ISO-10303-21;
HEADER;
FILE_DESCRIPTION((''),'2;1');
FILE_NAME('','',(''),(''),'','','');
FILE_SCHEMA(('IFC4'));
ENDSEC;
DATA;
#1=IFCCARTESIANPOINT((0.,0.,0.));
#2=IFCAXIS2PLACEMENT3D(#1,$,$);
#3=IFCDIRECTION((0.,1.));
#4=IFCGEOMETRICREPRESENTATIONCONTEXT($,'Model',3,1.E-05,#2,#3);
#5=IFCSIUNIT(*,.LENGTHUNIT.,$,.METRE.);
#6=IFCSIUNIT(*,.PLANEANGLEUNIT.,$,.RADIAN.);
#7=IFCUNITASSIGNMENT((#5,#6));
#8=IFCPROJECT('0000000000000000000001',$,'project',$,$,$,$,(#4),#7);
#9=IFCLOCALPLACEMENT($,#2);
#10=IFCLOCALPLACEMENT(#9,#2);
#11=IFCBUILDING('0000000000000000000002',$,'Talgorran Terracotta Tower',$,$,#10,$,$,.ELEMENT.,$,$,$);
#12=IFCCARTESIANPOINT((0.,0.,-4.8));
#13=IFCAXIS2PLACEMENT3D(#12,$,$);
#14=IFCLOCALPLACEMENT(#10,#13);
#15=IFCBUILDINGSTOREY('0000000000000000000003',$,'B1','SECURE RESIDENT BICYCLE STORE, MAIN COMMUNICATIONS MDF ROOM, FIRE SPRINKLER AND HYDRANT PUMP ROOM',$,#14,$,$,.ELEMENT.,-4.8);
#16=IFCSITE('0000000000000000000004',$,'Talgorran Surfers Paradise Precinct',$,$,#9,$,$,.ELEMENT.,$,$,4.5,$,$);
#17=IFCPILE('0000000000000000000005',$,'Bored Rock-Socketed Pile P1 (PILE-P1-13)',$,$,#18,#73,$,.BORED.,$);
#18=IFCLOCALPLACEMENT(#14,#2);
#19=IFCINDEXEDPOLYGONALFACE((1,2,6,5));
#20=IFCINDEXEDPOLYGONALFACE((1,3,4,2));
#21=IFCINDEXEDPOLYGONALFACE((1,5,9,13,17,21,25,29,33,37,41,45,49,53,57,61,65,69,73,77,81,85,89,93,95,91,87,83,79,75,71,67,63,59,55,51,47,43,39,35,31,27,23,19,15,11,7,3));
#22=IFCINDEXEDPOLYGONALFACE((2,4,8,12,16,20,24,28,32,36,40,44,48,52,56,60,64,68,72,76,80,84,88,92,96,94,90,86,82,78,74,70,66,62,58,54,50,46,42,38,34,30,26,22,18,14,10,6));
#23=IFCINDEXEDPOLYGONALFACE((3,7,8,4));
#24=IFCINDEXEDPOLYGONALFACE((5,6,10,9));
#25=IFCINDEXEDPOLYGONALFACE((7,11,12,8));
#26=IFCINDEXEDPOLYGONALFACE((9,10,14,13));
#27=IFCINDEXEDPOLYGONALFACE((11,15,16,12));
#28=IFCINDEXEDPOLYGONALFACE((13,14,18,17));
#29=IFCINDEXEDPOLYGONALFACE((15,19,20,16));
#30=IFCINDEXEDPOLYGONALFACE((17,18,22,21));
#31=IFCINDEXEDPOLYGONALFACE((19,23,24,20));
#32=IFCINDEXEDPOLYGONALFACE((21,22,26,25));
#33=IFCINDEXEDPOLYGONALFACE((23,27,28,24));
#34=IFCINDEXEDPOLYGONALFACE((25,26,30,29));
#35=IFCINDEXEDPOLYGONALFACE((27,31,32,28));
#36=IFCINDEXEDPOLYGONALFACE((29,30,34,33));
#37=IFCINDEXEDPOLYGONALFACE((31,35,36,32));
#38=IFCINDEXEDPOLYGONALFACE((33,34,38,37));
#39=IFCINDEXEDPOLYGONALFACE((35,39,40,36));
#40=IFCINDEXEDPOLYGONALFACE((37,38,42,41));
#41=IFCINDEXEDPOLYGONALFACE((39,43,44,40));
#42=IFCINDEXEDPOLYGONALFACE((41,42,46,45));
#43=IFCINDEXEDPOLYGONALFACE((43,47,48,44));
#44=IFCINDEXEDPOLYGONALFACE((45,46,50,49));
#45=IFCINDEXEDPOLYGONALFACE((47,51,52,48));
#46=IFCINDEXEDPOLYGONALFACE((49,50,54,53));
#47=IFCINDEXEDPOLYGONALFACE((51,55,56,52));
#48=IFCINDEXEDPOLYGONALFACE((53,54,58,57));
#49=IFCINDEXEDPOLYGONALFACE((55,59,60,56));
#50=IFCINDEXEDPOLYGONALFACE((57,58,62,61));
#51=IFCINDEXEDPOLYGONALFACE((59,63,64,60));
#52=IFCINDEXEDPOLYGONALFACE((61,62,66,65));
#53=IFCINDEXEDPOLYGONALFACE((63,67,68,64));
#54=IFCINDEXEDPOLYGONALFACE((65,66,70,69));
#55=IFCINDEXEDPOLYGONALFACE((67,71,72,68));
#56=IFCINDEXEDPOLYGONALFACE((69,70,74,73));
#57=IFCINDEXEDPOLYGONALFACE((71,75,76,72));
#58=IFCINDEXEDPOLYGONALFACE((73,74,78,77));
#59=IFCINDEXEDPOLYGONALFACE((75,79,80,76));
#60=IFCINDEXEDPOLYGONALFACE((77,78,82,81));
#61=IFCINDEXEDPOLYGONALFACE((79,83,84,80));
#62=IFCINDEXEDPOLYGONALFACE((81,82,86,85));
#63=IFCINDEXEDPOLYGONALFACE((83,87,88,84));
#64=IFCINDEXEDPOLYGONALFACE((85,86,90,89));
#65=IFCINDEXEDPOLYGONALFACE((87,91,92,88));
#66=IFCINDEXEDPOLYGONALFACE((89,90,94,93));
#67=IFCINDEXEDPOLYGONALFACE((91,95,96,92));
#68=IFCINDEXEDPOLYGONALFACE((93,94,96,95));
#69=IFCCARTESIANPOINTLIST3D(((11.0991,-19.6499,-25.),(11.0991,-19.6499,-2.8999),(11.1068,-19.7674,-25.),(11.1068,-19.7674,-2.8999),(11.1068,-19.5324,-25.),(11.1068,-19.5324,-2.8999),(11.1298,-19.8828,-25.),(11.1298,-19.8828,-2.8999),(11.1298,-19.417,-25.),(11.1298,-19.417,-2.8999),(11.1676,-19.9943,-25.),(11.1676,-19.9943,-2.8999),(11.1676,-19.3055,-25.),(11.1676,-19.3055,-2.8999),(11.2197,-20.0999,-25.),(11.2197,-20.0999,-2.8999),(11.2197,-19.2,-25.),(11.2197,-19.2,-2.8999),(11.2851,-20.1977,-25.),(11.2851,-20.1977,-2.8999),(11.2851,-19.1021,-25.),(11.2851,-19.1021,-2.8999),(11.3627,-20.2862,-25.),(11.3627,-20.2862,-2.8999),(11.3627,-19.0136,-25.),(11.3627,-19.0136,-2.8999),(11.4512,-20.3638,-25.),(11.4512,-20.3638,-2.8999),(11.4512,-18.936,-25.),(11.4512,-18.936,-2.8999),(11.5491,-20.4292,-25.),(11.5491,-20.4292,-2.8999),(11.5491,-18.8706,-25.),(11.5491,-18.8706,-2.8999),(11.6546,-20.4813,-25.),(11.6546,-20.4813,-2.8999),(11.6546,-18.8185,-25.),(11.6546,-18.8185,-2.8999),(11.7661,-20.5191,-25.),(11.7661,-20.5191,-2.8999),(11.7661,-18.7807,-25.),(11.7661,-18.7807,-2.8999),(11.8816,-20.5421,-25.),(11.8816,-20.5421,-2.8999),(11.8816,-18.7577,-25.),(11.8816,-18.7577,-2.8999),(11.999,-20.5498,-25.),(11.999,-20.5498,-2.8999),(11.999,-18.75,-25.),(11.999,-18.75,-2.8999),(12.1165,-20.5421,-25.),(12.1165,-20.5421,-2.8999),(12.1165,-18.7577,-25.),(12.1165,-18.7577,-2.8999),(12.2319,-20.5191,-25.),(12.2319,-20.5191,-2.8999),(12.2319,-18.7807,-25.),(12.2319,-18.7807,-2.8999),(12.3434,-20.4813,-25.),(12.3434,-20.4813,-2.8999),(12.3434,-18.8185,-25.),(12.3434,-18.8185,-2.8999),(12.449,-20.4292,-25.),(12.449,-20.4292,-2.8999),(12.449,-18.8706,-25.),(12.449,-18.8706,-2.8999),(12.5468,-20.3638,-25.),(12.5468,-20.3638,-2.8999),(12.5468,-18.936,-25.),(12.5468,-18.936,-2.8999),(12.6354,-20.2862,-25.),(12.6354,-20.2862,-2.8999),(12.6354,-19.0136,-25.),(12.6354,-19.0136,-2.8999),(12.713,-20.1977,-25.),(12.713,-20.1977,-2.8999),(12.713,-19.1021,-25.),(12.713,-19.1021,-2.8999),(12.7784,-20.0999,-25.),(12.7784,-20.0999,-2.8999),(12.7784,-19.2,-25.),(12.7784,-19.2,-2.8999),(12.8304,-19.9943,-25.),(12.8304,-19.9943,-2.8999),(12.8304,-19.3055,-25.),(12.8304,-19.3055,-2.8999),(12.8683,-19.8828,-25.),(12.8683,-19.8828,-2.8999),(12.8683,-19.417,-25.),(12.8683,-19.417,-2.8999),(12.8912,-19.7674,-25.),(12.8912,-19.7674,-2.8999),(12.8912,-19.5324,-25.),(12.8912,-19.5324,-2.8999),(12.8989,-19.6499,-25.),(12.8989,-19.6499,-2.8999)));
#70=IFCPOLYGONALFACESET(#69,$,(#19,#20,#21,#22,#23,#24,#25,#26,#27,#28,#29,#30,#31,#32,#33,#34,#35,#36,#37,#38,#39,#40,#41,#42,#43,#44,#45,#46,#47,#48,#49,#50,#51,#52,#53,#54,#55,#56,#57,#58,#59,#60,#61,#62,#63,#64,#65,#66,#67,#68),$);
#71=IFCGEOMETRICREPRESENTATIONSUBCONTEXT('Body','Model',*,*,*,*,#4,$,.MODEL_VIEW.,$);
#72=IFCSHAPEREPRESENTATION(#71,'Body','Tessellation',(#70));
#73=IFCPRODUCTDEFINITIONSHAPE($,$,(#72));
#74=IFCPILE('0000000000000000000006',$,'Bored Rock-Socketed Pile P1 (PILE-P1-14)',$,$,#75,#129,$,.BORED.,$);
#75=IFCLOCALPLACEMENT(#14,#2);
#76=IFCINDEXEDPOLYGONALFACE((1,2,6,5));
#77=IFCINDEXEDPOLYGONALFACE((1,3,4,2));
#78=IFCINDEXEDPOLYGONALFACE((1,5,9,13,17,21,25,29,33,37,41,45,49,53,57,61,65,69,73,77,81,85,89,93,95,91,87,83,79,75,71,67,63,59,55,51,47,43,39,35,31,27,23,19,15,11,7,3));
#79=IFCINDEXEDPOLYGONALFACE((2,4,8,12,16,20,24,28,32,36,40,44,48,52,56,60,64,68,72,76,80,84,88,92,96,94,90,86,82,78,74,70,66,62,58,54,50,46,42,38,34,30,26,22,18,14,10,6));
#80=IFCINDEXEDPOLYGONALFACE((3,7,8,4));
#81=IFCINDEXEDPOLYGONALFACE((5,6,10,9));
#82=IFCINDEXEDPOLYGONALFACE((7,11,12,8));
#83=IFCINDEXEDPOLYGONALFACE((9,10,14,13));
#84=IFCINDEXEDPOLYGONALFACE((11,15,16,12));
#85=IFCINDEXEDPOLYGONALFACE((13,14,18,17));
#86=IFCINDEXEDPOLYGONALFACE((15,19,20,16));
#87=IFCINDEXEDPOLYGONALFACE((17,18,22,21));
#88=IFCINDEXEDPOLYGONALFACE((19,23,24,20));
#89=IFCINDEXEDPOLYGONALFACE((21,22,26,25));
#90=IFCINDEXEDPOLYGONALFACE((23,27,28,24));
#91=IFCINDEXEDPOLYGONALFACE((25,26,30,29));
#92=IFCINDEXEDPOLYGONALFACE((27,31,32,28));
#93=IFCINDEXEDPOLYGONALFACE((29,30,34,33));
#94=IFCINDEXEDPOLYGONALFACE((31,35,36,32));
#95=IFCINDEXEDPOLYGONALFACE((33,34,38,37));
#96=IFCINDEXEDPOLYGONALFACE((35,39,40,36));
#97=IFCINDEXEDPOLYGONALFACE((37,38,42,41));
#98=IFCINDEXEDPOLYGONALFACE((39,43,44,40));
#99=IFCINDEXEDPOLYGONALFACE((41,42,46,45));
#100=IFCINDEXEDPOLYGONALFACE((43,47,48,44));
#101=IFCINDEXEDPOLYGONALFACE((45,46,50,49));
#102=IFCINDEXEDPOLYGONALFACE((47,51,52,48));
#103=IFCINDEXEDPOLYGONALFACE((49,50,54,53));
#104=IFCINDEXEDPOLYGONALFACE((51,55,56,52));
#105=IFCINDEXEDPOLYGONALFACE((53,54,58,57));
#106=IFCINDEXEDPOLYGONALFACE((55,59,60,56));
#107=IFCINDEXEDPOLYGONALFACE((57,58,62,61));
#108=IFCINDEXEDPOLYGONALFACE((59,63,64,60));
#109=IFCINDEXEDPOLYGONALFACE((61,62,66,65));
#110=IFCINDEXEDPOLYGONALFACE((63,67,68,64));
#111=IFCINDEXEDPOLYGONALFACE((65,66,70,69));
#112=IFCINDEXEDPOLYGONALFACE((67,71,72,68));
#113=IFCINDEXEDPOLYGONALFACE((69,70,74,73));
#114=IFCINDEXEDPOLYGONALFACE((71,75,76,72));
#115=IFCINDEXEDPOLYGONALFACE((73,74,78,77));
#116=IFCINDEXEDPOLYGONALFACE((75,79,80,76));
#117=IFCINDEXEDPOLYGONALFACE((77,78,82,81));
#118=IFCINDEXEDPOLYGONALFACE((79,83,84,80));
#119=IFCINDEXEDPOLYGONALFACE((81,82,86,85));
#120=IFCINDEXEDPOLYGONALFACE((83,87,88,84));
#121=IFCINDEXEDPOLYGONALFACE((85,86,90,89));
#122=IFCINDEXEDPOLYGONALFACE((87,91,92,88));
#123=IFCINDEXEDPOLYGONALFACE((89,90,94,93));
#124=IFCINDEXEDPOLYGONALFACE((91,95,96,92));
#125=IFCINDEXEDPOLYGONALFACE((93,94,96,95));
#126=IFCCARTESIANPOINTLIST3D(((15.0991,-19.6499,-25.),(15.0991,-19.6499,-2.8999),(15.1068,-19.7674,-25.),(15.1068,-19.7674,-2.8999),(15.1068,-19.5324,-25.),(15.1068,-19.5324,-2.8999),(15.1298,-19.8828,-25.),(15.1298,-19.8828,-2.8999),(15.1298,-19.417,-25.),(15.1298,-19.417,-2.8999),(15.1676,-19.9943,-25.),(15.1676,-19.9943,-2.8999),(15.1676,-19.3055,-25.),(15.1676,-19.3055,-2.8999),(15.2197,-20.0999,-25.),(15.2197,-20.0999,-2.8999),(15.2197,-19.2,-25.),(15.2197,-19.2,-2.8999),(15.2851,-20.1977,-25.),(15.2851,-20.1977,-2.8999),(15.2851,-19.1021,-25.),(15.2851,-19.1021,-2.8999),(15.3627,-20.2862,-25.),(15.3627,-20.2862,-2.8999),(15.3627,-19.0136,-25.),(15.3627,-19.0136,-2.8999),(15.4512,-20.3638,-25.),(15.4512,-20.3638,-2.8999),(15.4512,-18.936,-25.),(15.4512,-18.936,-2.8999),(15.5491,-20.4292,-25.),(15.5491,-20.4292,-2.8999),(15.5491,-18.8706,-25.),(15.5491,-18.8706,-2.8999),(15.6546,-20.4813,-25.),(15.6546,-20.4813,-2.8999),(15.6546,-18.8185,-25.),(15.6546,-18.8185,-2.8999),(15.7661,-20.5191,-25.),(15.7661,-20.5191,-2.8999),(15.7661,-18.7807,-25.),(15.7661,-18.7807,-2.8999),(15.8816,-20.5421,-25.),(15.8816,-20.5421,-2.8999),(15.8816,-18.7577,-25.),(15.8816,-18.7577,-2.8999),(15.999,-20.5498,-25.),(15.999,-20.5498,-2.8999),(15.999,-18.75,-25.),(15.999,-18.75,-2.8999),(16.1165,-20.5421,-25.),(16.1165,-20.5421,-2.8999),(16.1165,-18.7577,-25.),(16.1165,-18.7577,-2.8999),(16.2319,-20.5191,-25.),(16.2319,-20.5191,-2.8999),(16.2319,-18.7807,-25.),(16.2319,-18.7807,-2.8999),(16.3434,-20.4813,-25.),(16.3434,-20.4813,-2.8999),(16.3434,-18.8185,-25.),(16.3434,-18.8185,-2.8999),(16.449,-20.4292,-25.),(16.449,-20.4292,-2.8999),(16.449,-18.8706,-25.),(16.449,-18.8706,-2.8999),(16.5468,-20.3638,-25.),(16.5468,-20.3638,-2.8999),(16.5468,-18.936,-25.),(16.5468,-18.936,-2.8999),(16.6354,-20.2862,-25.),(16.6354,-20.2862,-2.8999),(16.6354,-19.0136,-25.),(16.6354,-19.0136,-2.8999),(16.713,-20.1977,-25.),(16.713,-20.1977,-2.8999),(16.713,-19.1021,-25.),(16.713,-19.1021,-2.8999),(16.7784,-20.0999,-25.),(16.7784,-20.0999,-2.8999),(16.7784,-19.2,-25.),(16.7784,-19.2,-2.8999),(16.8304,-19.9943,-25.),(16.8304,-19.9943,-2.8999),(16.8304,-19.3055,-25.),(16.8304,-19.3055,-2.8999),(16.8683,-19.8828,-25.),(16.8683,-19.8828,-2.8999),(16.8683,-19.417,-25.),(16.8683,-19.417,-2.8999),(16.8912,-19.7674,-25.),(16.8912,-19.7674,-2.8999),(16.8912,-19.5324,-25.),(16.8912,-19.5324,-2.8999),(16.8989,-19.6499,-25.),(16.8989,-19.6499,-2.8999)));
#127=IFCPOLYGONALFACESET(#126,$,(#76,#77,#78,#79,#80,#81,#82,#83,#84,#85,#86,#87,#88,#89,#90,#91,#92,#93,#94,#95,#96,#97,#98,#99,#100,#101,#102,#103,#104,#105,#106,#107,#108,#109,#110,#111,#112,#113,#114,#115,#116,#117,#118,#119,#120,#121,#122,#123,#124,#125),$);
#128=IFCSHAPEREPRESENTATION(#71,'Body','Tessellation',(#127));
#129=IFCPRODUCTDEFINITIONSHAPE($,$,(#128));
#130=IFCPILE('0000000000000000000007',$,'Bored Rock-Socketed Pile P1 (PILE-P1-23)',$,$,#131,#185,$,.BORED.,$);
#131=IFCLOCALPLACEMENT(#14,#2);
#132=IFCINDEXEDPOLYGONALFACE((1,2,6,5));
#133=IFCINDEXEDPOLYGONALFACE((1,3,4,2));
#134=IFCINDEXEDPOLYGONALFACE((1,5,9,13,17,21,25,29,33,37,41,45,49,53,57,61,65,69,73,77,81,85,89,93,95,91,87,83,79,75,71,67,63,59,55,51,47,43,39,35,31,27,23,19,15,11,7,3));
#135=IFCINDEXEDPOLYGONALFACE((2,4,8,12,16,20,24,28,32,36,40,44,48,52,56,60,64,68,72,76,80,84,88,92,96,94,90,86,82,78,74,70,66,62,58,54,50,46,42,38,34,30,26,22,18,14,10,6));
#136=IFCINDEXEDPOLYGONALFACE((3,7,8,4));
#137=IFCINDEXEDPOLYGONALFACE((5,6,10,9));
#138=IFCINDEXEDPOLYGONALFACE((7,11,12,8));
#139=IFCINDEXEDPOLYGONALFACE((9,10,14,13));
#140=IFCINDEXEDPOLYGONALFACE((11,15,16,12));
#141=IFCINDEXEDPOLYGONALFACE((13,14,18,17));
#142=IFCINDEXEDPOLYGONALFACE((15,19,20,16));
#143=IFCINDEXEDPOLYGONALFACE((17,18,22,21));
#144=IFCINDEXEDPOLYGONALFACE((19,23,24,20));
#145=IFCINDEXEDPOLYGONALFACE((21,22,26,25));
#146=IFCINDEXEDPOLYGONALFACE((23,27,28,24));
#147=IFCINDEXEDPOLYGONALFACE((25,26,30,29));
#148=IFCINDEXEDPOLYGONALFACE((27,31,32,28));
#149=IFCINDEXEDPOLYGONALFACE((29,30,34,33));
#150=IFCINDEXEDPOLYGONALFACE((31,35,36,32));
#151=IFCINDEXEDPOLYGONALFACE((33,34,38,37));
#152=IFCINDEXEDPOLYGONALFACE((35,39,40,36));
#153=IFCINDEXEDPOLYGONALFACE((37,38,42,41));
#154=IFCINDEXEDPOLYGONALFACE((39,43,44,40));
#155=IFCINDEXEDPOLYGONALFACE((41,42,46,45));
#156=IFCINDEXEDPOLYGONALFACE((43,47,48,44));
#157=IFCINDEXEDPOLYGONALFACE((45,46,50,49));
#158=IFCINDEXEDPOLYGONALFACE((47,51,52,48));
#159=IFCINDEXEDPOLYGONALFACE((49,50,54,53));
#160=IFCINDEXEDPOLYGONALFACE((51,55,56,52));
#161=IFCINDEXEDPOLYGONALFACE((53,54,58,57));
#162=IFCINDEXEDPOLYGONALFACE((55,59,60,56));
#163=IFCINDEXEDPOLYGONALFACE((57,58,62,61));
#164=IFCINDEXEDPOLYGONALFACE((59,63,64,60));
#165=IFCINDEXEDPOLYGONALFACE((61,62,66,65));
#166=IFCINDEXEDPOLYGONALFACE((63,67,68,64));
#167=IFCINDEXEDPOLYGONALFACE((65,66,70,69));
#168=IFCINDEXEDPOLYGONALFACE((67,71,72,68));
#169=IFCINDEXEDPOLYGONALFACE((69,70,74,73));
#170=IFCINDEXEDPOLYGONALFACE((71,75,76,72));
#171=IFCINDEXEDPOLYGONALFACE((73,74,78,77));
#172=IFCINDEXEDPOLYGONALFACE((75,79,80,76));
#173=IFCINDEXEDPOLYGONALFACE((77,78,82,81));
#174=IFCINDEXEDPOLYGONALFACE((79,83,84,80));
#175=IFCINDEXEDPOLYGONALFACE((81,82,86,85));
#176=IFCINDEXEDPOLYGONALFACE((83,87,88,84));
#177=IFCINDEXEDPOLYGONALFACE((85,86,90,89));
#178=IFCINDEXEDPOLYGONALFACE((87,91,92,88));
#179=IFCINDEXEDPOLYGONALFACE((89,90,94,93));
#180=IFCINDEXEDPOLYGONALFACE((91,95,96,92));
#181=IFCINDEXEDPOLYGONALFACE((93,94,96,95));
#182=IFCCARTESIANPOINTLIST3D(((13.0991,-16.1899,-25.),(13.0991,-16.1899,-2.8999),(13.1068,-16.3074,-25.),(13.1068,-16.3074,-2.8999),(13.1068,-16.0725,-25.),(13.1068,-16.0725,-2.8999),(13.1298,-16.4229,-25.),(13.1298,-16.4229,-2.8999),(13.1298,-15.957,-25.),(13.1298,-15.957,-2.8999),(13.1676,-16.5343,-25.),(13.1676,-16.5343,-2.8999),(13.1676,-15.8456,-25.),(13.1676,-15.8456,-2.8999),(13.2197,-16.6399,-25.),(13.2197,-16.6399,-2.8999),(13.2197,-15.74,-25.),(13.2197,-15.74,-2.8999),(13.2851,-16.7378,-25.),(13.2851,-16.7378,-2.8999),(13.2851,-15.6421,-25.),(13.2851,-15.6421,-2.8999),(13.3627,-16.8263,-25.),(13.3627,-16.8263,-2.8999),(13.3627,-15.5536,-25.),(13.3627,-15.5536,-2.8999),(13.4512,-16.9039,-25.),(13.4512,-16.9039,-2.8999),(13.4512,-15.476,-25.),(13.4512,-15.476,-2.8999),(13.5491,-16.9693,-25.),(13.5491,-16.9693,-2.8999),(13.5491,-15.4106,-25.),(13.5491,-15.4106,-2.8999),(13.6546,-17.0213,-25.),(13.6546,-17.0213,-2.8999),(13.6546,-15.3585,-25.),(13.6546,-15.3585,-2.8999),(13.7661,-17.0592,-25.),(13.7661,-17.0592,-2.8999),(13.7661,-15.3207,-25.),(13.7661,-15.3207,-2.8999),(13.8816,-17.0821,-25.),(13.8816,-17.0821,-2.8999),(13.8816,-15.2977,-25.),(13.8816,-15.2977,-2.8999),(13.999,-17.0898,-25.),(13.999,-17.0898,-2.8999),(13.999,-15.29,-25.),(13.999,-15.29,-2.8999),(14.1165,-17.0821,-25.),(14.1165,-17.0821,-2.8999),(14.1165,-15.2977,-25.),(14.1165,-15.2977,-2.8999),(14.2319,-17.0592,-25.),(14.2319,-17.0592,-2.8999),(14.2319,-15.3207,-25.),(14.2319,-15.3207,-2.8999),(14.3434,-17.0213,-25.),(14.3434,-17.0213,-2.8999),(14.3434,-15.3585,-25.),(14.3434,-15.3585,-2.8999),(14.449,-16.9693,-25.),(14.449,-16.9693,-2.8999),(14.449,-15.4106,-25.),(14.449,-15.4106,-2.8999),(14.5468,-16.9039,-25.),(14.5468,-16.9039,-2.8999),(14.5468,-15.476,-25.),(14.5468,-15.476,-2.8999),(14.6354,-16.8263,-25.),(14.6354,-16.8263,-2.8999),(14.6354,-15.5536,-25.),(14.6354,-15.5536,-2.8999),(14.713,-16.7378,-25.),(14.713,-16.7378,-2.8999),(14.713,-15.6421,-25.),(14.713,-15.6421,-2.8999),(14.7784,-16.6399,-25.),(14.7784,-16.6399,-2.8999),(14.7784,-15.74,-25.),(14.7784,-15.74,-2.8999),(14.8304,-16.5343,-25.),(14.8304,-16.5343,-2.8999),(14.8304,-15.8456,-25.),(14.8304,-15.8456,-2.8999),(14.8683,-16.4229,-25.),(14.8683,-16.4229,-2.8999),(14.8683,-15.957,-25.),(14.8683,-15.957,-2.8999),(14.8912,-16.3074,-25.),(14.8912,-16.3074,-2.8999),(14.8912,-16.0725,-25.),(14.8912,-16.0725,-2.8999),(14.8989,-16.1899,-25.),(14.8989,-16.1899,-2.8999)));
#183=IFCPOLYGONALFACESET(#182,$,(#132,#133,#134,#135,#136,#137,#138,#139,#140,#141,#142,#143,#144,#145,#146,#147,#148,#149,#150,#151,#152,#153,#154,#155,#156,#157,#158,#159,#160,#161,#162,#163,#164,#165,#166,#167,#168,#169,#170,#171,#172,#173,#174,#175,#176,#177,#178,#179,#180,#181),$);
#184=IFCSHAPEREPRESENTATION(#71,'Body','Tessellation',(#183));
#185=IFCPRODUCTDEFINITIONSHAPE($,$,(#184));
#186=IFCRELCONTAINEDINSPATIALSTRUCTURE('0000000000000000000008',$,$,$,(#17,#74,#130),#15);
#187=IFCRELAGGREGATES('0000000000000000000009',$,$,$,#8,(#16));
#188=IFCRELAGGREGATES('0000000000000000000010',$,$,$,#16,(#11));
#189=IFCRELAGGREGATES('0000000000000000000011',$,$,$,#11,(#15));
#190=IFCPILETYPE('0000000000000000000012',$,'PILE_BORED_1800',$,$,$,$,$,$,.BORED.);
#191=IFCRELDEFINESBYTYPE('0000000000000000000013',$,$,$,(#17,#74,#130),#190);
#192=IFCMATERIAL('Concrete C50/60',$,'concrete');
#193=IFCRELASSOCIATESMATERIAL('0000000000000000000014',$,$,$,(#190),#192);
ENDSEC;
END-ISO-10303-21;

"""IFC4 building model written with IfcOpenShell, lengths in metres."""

from ifc_helpers import new_model, si_unit, direction, frame, origin, origin_2d, place, context, subcontext, project, spatial, circle, extrude, material, material_profile, profile_set, type_object, element, save


model = new_model("IFC4")

# Units and contexts
model_context = context("Model", 3, precision=1e-05, world=origin(), true_north=direction((0.0, 1.0)))
body_context = subcontext(model_context, "Body", "Model", "MODEL_VIEW")
ifc_project = project(units=[si_unit("LENGTHUNIT", "METRE"), si_unit("PLANEANGLEUNIT", "RADIAN")], contexts=[model_context])

# Site, building, storey
site_placement = place(None, origin())
site = spatial("IfcSite", under=ifc_project, at=site_placement, Name="Talgorran Surfers Paradise Precinct", CompositionType="ELEMENT", RefElevation=4.5)
building_placement = place(site_placement, origin())
building = spatial("IfcBuilding", under=site, at=building_placement, Name="Talgorran Terracotta Tower", CompositionType="ELEMENT")
storey_placement = place(building_placement, frame((0.0, 0.0, -4.8)))
storey = spatial("IfcBuildingStorey", under=building, at=storey_placement, Name="B1", Description="SECURE RESIDENT BICYCLE STORE, MAIN COMMUNICATIONS MDF ROOM, FIRE SPRINKLER AND HYDRANT PUMP ROOM", CompositionType="ELEMENT", Elevation=-4.8)

# Shared definitions
ifc_material_1 = material(Name="Concrete C50/60", Category="concrete")

# Piles
ifc_material_profile_1 = material_profile(ifc_material_1, circle(Radius=0.8999, at=origin_2d()), Name="PILE1800")
ifc_profile_set_1 = profile_set([ifc_material_profile_1], Name="Concrete C50/60")
pile_type = type_object("IfcPileType", Name="PILE_BORED_1800", PredefinedType="BORED", material=ifc_profile_set_1)
for number, where, z_axis, x_axis, name in (
    (1, (11.999, -19.6499, -2.8999), (0.0, 0.0, -1.0), (1.0, 0.0, 0.0), "Bored Rock-Socketed Pile P1 (PILE-P1-13)"),
    (2, (15.999, -19.6499, -2.8999), (0.0, 0.0, -1.0), (1.0, 0.0, 0.0), "Bored Rock-Socketed Pile P1 (PILE-P1-14)"),
    (3, (13.999, -16.1899, -2.8999), (0.0, 0.0, -1.0), (1.0, 0.0, 0.0), "Bored Rock-Socketed Pile P1 (PILE-P1-23)"),
):
    element("IfcPile", number, at=place(storey_placement, frame(where, z_axis=z_axis, x_axis=x_axis)), inside=storey, type_object=pile_type, Name=name, PredefinedType="BORED", context=body_context, shape_type="SweptSolid", body=[
        extrude(circle(Radius=0.8999, at=origin_2d()), origin(), (0.0, 0.0, 1.0), 22.1001),
    ])

save(model, "model.ifc")
